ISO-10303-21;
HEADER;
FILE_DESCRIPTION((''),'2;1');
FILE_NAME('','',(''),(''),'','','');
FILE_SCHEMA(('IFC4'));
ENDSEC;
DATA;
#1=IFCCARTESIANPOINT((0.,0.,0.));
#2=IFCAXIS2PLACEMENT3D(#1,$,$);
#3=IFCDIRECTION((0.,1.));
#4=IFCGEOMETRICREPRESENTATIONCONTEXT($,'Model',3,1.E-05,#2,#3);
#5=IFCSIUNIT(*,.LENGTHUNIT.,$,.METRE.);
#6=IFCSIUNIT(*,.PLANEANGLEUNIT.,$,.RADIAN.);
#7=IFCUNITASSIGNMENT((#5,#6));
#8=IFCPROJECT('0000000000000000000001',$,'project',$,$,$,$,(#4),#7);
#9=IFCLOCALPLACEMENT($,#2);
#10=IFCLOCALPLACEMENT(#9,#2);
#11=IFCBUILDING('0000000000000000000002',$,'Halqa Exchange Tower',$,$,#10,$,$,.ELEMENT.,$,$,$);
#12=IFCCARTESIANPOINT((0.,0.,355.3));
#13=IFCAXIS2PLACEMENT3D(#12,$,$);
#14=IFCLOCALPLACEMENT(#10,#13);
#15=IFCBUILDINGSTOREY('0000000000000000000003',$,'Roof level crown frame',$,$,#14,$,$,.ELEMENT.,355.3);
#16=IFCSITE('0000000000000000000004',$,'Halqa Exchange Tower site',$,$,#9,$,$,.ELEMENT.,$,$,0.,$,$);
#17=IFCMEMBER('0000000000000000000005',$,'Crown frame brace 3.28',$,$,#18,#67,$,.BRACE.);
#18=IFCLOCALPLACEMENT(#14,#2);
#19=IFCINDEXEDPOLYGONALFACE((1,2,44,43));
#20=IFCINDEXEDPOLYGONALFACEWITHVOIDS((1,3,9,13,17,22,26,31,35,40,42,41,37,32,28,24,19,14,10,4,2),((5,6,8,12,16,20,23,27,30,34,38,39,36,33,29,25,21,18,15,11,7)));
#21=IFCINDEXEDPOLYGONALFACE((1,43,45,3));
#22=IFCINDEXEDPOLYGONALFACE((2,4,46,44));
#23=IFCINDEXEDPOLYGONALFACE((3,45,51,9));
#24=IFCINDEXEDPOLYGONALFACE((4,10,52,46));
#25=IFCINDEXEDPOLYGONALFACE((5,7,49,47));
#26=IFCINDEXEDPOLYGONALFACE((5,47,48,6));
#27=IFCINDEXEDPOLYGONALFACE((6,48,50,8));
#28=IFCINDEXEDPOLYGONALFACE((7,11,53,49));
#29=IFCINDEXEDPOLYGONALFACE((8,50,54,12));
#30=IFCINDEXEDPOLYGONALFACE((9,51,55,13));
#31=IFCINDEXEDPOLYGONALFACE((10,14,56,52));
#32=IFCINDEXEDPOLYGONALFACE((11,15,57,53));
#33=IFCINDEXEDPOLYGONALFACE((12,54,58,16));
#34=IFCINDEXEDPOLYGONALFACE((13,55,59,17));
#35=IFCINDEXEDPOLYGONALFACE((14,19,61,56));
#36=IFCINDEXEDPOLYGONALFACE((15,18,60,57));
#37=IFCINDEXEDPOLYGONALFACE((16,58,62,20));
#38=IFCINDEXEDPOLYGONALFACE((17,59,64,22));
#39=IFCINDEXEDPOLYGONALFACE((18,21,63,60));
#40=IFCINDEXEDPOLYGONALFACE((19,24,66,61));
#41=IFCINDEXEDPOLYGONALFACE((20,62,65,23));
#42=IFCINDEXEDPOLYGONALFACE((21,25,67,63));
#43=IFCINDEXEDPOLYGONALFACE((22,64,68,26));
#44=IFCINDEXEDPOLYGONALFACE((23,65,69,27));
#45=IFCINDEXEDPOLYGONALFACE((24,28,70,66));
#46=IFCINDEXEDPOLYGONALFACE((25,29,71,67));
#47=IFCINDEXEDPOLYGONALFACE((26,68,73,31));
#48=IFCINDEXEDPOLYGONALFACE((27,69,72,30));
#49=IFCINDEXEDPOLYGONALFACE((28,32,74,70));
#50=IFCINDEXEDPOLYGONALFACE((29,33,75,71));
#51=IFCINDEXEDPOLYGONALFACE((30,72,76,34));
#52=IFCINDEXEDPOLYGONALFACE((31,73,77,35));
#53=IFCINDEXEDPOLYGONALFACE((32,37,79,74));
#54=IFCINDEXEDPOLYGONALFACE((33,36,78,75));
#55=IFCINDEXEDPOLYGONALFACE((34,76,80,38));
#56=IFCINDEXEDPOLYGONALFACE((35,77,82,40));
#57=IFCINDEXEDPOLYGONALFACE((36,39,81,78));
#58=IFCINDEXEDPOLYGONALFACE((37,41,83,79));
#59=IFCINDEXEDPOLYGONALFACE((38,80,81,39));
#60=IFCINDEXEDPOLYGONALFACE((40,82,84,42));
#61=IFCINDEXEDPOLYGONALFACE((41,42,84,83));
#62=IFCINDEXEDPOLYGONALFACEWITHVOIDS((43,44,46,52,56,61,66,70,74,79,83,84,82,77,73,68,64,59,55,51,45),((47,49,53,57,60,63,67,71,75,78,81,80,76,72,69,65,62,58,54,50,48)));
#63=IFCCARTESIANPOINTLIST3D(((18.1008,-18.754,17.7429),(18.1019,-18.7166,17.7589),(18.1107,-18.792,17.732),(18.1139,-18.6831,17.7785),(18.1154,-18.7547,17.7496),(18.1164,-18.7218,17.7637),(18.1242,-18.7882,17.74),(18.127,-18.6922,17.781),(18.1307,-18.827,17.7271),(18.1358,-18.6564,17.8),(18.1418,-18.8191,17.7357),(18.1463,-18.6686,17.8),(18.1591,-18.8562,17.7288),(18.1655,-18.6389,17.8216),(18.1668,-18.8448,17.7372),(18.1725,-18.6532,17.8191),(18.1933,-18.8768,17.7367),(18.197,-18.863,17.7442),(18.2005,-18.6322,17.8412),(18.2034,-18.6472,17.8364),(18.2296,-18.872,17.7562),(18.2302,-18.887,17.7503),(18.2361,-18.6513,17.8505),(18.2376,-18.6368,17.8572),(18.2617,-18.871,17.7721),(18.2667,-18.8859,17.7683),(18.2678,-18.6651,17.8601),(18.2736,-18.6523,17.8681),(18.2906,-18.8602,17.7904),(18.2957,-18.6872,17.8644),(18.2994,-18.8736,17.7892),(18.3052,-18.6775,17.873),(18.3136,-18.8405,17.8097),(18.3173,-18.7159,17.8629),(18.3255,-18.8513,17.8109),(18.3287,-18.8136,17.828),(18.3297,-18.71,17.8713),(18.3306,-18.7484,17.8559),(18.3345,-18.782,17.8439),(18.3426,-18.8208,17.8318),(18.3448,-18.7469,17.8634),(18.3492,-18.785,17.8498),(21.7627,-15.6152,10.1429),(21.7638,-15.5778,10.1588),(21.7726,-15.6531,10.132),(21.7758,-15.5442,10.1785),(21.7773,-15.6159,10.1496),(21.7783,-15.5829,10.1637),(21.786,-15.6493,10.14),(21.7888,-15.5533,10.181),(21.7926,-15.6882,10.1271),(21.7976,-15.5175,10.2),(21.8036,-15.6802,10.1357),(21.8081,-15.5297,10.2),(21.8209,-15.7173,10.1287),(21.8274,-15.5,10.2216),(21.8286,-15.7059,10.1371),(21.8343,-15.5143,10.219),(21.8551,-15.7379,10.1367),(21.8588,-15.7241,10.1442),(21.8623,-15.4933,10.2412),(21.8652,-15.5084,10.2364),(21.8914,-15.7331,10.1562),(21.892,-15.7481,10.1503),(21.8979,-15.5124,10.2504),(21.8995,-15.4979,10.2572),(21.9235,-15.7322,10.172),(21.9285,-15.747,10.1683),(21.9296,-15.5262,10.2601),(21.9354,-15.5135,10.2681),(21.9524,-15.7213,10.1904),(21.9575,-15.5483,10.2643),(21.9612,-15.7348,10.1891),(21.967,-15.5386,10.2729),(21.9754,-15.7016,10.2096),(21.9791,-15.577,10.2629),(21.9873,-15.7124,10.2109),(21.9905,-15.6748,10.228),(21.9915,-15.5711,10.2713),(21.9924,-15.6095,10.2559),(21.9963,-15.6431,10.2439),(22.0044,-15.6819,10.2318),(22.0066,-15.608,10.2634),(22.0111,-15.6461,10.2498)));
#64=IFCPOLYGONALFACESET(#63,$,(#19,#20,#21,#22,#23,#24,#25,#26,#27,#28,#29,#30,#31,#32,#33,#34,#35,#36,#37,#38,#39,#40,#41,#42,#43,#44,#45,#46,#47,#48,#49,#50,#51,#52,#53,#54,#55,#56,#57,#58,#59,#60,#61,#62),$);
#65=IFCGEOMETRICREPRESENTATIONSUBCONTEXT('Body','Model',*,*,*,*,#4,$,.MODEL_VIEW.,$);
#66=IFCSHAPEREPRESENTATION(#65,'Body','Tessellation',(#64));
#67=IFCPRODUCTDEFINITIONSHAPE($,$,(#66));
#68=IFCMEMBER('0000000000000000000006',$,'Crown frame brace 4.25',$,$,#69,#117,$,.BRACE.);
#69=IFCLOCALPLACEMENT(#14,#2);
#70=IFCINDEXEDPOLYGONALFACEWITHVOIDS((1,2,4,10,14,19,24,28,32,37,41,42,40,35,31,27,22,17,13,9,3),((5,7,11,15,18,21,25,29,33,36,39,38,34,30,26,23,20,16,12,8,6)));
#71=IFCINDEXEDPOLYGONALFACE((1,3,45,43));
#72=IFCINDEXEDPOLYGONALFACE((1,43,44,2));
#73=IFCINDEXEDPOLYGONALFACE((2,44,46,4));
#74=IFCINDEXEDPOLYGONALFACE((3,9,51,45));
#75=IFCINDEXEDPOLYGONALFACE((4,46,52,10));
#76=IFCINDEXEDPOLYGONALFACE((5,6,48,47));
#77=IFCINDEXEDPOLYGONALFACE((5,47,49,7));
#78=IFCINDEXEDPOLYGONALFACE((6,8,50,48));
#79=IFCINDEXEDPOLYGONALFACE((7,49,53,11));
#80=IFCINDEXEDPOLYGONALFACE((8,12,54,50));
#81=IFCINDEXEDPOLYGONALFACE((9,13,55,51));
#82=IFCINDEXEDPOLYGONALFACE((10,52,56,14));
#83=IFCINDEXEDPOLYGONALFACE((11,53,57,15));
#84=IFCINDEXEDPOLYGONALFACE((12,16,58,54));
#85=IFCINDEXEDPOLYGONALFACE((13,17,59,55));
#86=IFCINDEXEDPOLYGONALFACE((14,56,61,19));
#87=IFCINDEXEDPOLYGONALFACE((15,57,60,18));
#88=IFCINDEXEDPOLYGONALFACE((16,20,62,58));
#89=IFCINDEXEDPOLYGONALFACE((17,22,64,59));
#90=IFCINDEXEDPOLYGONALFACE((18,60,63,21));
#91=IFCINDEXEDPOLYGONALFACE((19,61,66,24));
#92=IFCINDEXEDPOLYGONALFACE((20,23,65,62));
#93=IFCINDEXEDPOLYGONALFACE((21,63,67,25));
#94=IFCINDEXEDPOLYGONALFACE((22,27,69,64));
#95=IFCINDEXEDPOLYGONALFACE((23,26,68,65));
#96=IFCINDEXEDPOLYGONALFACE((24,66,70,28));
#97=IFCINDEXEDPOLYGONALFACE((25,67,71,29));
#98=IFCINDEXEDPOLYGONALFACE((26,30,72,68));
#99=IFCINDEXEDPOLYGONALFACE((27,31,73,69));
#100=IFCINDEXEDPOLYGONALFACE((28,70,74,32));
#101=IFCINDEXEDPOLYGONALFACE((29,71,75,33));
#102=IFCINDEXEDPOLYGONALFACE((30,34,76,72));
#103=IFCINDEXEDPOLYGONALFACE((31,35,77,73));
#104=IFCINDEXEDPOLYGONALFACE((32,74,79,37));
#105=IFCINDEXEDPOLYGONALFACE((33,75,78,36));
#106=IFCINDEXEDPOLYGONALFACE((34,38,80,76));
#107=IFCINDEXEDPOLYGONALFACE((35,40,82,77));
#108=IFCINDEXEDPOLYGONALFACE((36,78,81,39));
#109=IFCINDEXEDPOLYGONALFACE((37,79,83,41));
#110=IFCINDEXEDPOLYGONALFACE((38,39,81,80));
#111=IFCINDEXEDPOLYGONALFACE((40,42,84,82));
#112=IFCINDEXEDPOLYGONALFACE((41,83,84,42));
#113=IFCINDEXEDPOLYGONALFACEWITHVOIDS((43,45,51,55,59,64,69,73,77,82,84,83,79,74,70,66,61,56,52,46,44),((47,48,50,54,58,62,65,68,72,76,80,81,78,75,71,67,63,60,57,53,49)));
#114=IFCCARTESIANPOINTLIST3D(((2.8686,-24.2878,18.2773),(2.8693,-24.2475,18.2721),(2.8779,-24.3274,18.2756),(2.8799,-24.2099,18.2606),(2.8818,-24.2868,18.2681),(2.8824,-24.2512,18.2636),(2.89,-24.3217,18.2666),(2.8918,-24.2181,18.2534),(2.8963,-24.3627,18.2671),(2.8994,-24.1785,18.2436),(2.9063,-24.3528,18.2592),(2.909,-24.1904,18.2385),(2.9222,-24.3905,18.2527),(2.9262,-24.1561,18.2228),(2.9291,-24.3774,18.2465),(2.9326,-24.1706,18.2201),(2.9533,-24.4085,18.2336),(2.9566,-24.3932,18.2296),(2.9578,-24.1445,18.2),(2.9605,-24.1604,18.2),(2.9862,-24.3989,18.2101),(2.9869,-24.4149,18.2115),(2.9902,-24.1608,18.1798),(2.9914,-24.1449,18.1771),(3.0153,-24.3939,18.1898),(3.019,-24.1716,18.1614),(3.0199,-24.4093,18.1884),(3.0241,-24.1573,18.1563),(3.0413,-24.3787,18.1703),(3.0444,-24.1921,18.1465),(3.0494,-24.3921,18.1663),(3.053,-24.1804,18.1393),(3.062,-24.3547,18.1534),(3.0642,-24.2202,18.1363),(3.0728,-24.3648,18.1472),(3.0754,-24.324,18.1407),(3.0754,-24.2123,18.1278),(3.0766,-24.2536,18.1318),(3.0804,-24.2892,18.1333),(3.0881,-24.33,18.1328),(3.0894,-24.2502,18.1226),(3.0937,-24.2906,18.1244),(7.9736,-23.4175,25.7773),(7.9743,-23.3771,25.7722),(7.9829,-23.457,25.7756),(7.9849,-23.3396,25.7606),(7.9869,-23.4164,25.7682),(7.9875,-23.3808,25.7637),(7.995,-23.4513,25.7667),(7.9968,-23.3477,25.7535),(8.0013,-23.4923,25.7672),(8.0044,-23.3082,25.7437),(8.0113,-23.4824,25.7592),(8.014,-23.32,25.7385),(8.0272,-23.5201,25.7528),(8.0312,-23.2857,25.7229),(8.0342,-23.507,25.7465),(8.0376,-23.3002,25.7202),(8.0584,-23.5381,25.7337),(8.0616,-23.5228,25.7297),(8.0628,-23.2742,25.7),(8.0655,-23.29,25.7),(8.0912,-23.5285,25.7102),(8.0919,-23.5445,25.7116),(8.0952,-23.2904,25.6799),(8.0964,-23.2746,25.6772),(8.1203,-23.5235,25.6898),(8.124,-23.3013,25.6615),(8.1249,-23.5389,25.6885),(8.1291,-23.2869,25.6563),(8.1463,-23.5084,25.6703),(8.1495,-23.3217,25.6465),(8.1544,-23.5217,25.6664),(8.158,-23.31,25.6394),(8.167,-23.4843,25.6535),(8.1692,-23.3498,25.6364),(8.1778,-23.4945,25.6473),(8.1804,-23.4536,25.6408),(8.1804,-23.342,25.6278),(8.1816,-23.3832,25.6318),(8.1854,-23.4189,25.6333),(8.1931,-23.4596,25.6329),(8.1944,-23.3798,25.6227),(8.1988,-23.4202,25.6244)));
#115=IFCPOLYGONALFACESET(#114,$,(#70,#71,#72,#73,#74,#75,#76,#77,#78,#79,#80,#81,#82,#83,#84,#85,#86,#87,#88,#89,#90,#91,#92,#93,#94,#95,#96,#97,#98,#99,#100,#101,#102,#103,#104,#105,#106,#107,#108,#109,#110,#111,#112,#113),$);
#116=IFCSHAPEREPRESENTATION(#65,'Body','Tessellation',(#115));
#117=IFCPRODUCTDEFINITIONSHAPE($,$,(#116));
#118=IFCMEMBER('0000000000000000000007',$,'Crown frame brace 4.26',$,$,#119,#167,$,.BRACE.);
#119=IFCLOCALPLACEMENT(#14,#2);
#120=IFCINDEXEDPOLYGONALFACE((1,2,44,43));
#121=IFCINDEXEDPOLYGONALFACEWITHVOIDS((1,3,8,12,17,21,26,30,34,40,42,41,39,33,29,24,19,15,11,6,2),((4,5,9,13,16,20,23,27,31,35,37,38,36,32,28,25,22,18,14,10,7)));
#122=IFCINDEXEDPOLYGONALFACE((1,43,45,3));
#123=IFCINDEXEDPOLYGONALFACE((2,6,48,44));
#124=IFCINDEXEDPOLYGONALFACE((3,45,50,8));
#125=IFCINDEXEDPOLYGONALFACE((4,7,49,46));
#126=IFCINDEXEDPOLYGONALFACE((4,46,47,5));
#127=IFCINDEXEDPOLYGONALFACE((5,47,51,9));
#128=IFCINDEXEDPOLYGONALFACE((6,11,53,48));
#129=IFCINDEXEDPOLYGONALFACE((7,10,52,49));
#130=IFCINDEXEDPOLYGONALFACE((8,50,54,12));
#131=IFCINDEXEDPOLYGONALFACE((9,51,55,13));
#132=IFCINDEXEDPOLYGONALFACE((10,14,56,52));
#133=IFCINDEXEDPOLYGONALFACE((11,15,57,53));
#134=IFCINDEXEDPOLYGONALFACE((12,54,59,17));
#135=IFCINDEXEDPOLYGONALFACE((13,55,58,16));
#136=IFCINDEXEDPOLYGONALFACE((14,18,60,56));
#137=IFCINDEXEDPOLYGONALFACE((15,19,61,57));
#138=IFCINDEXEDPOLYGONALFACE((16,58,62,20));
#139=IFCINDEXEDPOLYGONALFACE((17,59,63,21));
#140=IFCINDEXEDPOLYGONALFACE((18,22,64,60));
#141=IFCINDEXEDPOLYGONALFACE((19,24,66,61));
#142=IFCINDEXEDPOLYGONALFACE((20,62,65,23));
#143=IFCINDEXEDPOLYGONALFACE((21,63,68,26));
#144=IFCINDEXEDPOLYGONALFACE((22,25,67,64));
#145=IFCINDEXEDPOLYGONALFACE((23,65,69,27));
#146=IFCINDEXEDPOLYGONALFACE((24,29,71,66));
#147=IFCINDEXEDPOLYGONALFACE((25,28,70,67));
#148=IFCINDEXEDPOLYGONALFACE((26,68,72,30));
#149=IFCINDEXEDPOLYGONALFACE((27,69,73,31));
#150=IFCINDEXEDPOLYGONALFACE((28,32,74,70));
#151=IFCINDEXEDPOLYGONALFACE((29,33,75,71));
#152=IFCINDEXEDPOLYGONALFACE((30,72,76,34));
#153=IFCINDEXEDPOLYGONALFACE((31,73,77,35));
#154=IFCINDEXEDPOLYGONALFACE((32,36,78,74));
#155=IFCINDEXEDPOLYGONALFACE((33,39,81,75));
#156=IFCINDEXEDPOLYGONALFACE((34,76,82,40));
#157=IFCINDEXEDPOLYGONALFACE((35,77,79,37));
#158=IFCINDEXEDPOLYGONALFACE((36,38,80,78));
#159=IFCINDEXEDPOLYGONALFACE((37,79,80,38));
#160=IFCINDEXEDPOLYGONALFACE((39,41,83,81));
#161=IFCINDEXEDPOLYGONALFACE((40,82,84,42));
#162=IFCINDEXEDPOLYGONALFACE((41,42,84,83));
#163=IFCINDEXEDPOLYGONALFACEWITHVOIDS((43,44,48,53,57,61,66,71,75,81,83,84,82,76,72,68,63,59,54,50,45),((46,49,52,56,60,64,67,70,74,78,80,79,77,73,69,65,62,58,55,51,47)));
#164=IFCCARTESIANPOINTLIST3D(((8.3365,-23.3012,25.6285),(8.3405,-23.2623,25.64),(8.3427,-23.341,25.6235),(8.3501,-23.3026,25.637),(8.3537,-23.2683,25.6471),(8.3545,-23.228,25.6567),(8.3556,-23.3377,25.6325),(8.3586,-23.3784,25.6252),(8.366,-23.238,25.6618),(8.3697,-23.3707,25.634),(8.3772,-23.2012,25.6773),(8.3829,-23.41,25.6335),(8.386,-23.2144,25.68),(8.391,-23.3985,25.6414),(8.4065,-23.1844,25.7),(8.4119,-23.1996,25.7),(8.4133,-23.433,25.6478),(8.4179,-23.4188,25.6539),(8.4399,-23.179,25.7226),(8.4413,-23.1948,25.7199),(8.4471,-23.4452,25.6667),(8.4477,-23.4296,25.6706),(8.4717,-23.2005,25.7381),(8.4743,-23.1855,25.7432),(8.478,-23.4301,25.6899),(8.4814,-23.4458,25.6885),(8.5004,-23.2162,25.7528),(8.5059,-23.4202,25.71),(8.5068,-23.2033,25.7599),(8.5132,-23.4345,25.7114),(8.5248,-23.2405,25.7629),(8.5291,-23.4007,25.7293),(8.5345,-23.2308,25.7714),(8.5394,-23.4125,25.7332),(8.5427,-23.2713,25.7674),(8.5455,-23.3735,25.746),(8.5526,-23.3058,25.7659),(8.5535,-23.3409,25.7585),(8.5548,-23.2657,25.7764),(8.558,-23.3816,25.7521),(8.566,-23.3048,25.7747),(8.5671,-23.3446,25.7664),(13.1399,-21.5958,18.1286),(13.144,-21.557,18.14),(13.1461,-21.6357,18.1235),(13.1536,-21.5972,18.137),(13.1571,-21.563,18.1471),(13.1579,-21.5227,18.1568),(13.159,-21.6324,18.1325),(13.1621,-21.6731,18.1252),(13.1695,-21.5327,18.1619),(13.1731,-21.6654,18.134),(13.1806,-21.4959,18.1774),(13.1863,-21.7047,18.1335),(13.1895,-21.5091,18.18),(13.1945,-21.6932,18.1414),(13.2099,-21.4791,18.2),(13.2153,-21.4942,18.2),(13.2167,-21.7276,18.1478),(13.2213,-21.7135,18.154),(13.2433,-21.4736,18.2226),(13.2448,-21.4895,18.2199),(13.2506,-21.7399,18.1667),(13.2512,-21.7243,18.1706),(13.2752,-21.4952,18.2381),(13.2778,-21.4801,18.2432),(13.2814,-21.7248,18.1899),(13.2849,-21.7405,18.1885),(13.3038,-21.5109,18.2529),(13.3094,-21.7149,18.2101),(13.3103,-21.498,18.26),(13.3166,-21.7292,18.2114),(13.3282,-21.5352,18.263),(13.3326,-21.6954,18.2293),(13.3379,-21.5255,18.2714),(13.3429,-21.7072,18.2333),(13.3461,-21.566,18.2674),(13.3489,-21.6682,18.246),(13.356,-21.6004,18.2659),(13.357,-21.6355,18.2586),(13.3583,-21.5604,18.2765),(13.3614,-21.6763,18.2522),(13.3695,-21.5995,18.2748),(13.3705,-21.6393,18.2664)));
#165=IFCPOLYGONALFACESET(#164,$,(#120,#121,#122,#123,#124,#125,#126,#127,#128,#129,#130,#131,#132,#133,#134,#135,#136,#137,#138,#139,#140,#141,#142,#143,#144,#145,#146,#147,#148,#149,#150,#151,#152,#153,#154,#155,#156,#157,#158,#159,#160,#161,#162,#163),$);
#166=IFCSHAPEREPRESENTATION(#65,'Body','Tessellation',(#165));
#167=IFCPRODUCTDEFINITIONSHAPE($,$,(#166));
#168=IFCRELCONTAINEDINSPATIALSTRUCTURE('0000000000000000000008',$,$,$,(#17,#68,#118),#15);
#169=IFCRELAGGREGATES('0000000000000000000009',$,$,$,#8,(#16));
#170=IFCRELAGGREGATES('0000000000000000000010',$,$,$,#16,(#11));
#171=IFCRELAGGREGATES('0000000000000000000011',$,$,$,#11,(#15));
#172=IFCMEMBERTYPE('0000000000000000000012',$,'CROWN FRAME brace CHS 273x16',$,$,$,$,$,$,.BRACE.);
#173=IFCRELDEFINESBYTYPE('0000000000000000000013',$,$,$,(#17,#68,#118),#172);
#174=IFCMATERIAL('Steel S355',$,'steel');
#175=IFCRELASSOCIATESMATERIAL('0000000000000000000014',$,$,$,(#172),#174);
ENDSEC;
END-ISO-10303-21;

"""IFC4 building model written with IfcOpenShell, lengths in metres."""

from ifc_helpers import new_model, si_unit, direction, frame, origin, origin_2d, place, context, subcontext, project, spatial, hollow_circle, extrude, material, material_profile, profile_set, type_object, element, save


model = new_model("IFC4")

# Units and contexts
model_context = context("Model", 3, precision=1e-05, world=origin(), true_north=direction((0.0, 1.0)))
body_context = subcontext(model_context, "Body", "Model", "MODEL_VIEW")
ifc_project = project(units=[si_unit("LENGTHUNIT", "METRE"), si_unit("PLANEANGLEUNIT", "RADIAN")], contexts=[model_context])

# Site, building, storey
site_placement = place(None, origin())
site = spatial("IfcSite", under=ifc_project, at=site_placement, Name="Halqa Exchange Tower site", CompositionType="ELEMENT", RefElevation=0.0)
building_placement = place(site_placement, origin())
building = spatial("IfcBuilding", under=site, at=building_placement, Name="Halqa Exchange Tower", CompositionType="ELEMENT")
storey_placement = place(building_placement, frame((0.0, 0.0, 355.3)))
storey = spatial("IfcBuildingStorey", under=building, at=storey_placement, Name="Roof level crown frame", CompositionType="ELEMENT", Elevation=355.3)

# Members
ifc_material_1 = material(Name="Steel S355", Category="steel")
ifc_material_profile_1 = material_profile(ifc_material_1, hollow_circle(Radius=0.1365, WallThickness=0.0161, at=origin_2d()), Name="CHS 273x16")
ifc_profile_set_1 = profile_set([ifc_material_profile_1], Name="Steel S355")
member_type = type_object("IfcMemberType", Name="CROWN FRAME brace CHS 273x16", PredefinedType="BRACE", material=ifc_profile_set_1)
member_1_placement = place(storey_placement, frame((18.2246, -18.76, 17.8), z_axis=(0.406815, 0.348718, -0.844333), x_axis=(-0.650812, 0.759239, 0.0)))
element("IfcMember", 1, at=member_1_placement, inside=storey, type_object=member_type, Name="Crown frame brace 3.28", PredefinedType="BRACE", context=body_context, shape_type="SweptSolid", body=[
    extrude(hollow_circle(Radius=0.1365, WallThickness=0.0161, at=origin_2d()), origin(), (0.0, 0.0, 1.0), 9.0012),
])
member_2_placement = place(storey_placement, frame((2.9807, -24.2791, 18.2), z_axis=(0.560114, 0.095495, 0.822893), x_axis=(-0.168067, 0.985776, 0.0)))
element("IfcMember", 2, at=member_2_placement, inside=storey, type_object=member_type, Name="Crown frame brace 4.25", PredefinedType="BRACE", context=body_context, shape_type="SweptSolid", body=[
    extrude(hollow_circle(Radius=0.1365, WallThickness=0.0161, at=origin_2d()), origin(), (0.0, 0.0, 1.0), 9.1143),
])
member_3_placement = place(storey_placement, frame((8.4521, -23.313, 25.7), z_axis=(0.529707, 0.188056, -0.82707), x_axis=(-0.334561, 0.942374, 0.0)))
element("IfcMember", 3, at=member_3_placement, inside=storey, type_object=member_type, Name="Crown frame brace 4.26", PredefinedType="BRACE", context=body_context, shape_type="SweptSolid", body=[
    extrude(hollow_circle(Radius=0.1365, WallThickness=0.0161, at=origin_2d()), origin(), (0.0, 0.0, 1.0), 9.0681),
])

save(model, "model.ifc")
